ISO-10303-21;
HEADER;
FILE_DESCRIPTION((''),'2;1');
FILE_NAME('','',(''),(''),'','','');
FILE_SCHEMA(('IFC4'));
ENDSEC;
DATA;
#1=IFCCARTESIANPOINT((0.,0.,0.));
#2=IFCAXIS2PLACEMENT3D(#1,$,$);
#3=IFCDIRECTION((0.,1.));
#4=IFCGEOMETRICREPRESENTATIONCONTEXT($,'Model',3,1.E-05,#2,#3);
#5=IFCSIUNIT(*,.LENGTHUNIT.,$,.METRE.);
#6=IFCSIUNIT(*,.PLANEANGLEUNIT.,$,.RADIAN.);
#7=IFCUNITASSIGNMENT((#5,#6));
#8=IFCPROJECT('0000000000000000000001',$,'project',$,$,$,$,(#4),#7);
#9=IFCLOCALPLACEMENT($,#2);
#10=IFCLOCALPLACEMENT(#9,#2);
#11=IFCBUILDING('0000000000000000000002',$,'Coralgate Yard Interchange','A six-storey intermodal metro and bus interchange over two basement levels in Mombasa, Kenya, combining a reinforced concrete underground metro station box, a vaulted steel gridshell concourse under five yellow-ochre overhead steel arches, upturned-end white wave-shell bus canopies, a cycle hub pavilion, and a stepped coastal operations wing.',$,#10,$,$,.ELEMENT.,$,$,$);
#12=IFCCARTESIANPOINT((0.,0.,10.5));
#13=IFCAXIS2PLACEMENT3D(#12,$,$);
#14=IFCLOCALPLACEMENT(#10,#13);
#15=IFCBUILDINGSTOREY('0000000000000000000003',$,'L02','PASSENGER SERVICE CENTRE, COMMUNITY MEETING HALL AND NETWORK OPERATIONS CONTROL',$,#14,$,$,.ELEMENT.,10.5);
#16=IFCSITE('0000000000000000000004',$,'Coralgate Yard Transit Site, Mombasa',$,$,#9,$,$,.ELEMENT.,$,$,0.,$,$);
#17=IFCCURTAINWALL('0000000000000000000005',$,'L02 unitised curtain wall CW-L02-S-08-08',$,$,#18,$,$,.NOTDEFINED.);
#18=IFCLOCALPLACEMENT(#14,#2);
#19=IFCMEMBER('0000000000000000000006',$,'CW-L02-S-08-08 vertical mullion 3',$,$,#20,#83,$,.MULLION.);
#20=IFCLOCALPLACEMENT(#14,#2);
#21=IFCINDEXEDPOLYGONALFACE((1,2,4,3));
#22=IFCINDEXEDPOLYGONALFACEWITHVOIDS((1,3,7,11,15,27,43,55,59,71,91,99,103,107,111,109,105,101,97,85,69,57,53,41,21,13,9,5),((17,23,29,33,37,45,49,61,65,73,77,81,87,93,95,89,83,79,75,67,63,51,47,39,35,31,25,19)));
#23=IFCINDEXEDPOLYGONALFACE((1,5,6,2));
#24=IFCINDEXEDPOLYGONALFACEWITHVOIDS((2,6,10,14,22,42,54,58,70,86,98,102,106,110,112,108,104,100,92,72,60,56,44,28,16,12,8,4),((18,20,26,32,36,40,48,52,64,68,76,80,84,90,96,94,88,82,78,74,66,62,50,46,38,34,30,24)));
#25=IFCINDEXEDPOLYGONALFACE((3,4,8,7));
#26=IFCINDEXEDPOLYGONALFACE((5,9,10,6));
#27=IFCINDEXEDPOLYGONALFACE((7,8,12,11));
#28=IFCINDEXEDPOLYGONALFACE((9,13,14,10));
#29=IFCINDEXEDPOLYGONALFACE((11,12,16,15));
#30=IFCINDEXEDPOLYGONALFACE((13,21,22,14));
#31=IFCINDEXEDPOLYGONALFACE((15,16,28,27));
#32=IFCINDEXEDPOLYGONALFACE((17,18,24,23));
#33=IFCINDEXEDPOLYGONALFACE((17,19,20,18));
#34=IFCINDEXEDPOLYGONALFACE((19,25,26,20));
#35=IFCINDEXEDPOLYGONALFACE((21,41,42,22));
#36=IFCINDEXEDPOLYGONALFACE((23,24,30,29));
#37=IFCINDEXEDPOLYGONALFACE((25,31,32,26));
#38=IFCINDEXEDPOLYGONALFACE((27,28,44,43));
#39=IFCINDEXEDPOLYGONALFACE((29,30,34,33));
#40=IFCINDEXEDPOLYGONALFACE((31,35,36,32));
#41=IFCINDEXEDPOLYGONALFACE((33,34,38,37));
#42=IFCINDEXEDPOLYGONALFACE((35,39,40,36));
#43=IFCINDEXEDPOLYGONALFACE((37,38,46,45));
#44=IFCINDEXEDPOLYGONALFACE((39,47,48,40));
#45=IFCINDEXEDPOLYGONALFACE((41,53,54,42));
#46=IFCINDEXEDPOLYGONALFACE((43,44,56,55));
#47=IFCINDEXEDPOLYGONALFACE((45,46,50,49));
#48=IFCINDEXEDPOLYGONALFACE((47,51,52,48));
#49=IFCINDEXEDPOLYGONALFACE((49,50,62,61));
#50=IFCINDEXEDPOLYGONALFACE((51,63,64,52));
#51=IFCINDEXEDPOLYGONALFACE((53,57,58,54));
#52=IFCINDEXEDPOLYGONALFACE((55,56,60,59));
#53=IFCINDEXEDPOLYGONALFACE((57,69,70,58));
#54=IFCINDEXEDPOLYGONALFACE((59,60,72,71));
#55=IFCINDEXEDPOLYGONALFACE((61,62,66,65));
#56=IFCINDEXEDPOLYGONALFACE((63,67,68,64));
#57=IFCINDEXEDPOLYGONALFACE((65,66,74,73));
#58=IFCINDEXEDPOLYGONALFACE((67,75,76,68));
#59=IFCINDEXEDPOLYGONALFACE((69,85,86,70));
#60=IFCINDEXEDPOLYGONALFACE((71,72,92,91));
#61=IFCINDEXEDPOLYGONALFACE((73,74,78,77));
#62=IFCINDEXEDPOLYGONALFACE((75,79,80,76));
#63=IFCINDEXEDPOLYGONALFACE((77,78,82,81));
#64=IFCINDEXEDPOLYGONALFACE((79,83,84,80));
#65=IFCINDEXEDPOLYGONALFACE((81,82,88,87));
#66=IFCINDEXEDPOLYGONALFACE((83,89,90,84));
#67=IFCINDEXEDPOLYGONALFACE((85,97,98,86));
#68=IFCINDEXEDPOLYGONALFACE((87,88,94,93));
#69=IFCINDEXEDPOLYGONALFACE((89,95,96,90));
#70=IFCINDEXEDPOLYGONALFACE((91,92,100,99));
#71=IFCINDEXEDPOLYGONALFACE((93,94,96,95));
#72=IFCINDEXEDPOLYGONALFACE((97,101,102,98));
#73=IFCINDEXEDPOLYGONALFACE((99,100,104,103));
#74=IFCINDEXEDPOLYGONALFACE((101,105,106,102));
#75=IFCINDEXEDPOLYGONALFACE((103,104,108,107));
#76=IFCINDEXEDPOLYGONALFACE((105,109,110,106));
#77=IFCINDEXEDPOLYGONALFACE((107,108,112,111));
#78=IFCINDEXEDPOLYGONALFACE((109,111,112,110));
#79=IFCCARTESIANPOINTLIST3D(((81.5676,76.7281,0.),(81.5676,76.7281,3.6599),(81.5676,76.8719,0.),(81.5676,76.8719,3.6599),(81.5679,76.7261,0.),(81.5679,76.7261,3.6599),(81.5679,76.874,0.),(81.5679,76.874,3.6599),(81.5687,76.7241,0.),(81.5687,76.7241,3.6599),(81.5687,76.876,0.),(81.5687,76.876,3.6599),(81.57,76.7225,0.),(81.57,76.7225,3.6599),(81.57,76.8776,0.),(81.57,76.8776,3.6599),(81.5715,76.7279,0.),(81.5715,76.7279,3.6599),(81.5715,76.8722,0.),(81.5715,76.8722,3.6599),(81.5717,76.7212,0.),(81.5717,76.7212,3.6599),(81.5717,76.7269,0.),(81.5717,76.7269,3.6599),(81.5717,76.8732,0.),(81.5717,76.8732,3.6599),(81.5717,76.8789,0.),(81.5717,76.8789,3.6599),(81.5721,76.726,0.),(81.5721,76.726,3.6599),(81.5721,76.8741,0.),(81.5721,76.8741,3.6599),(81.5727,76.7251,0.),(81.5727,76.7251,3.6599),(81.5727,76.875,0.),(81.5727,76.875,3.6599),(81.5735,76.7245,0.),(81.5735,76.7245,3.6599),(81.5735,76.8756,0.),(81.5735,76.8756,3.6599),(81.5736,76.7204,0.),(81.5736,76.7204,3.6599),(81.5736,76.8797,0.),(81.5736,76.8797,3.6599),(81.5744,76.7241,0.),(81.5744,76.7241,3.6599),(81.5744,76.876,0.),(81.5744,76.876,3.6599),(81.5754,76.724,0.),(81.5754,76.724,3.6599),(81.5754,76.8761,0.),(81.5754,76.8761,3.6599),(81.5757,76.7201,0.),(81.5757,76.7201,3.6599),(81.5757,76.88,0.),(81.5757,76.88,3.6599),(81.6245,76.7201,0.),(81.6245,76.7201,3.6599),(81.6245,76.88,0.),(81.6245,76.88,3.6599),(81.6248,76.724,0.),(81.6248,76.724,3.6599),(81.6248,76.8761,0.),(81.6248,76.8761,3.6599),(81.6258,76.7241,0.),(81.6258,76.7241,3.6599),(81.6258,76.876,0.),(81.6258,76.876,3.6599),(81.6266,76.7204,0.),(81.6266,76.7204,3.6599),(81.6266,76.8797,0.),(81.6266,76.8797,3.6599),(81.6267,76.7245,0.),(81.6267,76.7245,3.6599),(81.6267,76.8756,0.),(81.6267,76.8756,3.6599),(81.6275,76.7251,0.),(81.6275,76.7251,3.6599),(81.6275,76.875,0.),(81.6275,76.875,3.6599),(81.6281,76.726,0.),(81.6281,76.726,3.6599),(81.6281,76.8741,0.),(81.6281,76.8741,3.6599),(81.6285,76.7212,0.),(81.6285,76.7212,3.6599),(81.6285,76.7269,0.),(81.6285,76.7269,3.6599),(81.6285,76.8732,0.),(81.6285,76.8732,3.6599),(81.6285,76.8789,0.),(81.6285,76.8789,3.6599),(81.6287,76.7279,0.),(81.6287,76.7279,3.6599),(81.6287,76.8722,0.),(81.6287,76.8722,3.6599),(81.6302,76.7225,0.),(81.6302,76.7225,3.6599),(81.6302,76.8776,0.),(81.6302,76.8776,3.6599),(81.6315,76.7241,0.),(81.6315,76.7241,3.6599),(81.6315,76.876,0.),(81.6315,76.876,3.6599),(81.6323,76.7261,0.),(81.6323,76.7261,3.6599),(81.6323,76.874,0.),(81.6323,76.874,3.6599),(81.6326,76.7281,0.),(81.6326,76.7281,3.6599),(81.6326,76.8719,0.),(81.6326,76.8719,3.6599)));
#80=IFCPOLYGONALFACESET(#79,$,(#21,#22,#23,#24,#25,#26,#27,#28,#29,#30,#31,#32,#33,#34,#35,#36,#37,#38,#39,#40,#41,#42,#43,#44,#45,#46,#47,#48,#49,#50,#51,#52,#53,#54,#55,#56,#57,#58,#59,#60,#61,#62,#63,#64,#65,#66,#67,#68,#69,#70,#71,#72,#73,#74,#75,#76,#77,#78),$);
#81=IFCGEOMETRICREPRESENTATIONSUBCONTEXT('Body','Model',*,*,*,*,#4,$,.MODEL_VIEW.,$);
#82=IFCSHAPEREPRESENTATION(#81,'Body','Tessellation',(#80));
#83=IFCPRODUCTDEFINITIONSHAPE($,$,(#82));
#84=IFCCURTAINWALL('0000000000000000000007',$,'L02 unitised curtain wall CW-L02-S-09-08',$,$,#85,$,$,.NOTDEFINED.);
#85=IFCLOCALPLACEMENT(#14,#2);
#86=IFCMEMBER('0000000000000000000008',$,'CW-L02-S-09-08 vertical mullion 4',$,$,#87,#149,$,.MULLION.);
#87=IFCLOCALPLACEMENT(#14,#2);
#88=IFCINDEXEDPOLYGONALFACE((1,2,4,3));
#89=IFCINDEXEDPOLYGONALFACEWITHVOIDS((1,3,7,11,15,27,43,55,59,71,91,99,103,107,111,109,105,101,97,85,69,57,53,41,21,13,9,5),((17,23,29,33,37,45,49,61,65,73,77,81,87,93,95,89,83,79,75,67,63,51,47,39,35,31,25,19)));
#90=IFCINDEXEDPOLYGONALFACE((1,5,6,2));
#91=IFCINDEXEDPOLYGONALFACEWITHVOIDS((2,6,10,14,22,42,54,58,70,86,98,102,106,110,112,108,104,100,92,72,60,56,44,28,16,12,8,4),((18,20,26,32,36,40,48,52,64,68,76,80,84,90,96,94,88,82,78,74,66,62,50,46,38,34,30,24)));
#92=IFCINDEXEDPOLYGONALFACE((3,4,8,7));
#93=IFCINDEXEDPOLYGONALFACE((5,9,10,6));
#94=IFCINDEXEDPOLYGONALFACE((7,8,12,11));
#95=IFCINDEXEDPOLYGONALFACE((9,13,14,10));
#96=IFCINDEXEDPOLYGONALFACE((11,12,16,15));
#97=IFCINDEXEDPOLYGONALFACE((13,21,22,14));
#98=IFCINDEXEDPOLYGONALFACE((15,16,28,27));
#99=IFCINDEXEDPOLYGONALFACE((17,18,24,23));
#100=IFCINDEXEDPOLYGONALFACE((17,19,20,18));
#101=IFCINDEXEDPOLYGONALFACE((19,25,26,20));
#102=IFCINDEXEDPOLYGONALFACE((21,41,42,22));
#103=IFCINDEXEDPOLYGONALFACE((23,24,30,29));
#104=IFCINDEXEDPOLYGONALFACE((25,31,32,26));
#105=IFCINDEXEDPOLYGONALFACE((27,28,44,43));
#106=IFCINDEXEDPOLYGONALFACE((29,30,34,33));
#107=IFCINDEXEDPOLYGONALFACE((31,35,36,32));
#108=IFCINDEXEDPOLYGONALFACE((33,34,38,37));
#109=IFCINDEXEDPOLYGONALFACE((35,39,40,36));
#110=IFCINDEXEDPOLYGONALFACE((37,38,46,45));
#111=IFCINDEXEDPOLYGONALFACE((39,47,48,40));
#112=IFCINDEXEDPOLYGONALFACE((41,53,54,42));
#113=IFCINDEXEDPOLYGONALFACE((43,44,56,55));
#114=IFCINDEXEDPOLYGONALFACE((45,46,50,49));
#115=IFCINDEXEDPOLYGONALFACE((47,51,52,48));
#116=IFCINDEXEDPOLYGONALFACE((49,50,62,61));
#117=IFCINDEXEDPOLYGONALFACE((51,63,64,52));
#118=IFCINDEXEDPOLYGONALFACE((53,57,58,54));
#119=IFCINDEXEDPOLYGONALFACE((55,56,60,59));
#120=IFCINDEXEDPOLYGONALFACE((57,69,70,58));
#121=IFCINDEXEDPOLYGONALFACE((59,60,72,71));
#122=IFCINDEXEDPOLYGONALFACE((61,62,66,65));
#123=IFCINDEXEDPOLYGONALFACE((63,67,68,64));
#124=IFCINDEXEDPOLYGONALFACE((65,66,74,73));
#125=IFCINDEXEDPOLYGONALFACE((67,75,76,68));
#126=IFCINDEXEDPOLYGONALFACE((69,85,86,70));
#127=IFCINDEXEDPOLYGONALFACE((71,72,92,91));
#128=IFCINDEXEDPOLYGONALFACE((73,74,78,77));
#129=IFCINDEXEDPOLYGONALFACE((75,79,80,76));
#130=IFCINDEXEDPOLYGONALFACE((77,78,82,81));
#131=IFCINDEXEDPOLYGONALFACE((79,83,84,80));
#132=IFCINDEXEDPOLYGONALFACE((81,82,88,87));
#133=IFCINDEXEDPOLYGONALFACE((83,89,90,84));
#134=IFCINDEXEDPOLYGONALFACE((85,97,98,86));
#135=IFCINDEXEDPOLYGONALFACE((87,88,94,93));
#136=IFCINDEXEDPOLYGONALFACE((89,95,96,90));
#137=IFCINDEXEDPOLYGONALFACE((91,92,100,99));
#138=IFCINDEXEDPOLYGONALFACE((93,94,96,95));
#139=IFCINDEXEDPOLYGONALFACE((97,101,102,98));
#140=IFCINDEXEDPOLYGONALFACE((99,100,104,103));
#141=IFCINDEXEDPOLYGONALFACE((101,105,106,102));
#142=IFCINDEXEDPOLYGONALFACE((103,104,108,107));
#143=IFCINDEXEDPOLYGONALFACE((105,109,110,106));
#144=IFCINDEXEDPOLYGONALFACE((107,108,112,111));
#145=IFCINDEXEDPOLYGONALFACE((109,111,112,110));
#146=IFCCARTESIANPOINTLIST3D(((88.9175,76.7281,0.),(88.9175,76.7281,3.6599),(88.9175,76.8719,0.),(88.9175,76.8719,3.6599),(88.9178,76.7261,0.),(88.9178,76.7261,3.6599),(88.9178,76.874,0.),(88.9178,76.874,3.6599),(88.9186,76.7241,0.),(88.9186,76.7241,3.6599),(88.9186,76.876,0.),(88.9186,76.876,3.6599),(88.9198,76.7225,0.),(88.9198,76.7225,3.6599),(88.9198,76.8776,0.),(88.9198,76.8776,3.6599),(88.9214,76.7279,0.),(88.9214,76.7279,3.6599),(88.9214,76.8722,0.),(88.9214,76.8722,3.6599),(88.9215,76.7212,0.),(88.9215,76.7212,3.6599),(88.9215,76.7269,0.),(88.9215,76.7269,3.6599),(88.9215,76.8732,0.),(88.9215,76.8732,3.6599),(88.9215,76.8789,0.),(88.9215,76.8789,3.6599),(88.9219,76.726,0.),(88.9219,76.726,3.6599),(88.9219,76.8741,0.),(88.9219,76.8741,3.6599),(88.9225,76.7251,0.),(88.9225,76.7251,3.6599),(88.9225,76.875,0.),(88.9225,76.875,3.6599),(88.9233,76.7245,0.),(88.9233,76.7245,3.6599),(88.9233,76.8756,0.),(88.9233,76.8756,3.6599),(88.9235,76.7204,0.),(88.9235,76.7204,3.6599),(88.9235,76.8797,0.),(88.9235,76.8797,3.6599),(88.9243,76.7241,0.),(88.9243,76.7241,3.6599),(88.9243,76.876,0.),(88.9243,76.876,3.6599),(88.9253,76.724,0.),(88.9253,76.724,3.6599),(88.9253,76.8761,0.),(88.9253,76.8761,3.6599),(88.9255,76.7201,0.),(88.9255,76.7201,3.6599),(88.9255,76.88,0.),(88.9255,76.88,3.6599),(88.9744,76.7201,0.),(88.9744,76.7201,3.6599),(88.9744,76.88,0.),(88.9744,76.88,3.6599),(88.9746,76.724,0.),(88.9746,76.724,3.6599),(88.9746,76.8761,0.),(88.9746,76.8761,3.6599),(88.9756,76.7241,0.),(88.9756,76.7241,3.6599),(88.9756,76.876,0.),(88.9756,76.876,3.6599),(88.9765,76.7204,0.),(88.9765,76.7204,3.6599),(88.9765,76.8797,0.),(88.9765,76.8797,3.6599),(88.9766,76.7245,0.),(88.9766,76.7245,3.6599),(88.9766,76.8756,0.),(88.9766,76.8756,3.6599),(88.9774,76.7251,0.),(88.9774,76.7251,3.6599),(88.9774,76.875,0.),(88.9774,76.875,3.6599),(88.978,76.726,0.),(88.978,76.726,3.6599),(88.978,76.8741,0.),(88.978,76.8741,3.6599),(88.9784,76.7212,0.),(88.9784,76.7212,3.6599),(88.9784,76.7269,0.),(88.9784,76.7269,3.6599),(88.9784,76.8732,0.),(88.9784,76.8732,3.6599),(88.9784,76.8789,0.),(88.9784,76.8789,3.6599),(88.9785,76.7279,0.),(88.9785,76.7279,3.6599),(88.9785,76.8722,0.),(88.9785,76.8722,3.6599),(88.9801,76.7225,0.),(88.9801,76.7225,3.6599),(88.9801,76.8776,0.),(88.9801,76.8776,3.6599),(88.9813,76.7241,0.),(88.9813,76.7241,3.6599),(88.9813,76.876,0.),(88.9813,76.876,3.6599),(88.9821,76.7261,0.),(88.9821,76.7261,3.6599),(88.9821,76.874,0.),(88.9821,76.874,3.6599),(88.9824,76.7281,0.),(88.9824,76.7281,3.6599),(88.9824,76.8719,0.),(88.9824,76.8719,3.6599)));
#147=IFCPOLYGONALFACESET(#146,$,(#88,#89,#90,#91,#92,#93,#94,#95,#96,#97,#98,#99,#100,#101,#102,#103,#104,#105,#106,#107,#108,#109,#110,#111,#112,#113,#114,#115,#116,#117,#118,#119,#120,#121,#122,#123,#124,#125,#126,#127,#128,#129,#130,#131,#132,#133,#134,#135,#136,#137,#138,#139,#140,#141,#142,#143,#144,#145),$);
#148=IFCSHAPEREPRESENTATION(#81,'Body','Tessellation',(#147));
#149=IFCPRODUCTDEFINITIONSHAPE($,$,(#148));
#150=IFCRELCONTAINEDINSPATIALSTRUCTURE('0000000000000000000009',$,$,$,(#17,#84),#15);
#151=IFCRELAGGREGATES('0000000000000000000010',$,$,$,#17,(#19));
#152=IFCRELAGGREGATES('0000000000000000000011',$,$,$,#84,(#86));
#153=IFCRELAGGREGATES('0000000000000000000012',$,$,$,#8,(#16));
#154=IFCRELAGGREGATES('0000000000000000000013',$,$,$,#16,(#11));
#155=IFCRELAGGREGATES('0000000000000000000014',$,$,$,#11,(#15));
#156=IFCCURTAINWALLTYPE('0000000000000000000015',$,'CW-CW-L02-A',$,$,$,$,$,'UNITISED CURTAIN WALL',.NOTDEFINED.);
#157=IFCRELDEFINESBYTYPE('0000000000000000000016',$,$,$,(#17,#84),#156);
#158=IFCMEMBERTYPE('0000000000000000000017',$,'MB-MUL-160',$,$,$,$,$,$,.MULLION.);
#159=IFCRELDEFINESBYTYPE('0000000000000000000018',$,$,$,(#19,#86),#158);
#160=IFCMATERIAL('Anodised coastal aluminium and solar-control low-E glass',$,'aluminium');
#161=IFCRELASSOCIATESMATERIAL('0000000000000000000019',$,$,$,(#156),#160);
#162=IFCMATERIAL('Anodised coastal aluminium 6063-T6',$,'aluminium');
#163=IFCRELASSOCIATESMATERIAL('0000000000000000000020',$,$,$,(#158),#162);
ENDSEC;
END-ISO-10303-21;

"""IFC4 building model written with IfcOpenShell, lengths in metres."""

from ifc_helpers import new_model, si_unit, direction, frame, origin, origin_2d, place, context, subcontext, project, spatial, hollow_rectangle, extrude, material, material_profile, profile_set, type_object, element, aggregate, save


model = new_model("IFC4")

# Units and contexts
model_context = context("Model", 3, precision=1e-05, world=origin(), true_north=direction((0.0, 1.0)))
body_context = subcontext(model_context, "Body", "Model", "MODEL_VIEW")
ifc_project = project(units=[si_unit("LENGTHUNIT", "METRE"), si_unit("PLANEANGLEUNIT", "RADIAN")], contexts=[model_context])

# Site, building, storey
site_placement = place(None, origin())
site = spatial("IfcSite", under=ifc_project, at=site_placement, Name="Coralgate Yard Transit Site, Mombasa", CompositionType="ELEMENT", RefElevation=0.0)
building_placement = place(site_placement, origin())
building = spatial("IfcBuilding", under=site, at=building_placement, Name="Coralgate Yard Interchange", Description="A six-storey intermodal metro and bus interchange over two basement levels in Mombasa, Kenya, combining a reinforced concrete underground metro station box, a vaulted steel gridshell concourse under five yellow-ochre overhead steel arches, upturned-end white wave-shell bus canopies, a cycle hub pavilion, and a stepped coastal operations wing.", CompositionType="ELEMENT")
storey_placement = place(building_placement, frame((0.0, 0.0, 10.5)))
storey = spatial("IfcBuildingStorey", under=building, at=storey_placement, Name="L02", Description="PASSENGER SERVICE CENTRE, COMMUNITY MEETING HALL AND NETWORK OPERATIONS CONTROL", CompositionType="ELEMENT", Elevation=10.5)

# Curtain walls, members
ifc_material_1 = material(Name="Anodised coastal aluminium and solar-control low-E glass", Category="aluminium")
curtain_wall_type = type_object("IfcCurtainWallType", Name="CW-CW-L02-A", ElementType="UNITISED CURTAIN WALL", PredefinedType="NOTDEFINED", material=ifc_material_1)
curtain_wall_1_placement = place(storey_placement, origin())
curtain_wall_1 = element("IfcCurtainWall", 1, at=curtain_wall_1_placement, inside=storey, type_object=curtain_wall_type, Name="L02 unitised curtain wall CW-L02-S-08-08", PredefinedType="NOTDEFINED")
ifc_material_2 = material(Name="Anodised coastal aluminium 6063-T6", Category="aluminium")
ifc_material_profile_1 = material_profile(ifc_material_2, hollow_rectangle(XDim=0.0649, YDim=0.1599, WallThickness=0.0039, InnerFilletRadius=0.0039, OuterFilletRadius=0.0081, at=origin_2d()), Name="ALU 65x160x4")
ifc_profile_set_1 = profile_set([ifc_material_profile_1], Name="Anodised coastal aluminium 6063-T6")
member_type_1 = type_object("IfcMemberType", Name="MB-MUL-160", PredefinedType="MULLION", material=ifc_profile_set_1)
member_1_placement = place(storey_placement, frame((81.6001, 76.8, 0.0), z_axis=(0.0, 0.0, 1.0), x_axis=(1.0, 0.0, 0.0)))
member_1 = element("IfcMember", 2, at=member_1_placement, type_object=member_type_1, Name="CW-L02-S-08-08 vertical mullion 3", PredefinedType="MULLION", context=body_context, shape_type="SweptSolid", body=[
    extrude(hollow_rectangle(XDim=0.0649, YDim=0.1599, WallThickness=0.0039, InnerFilletRadius=0.0039, OuterFilletRadius=0.0081, at=origin_2d()), origin(), (0.0, 0.0, 1.0), 3.6599),
])
curtain_wall_2_placement = place(storey_placement, origin())
curtain_wall_2 = element("IfcCurtainWall", 3, at=curtain_wall_2_placement, inside=storey, type_object=curtain_wall_type, Name="L02 unitised curtain wall CW-L02-S-09-08", PredefinedType="NOTDEFINED")
member_2_placement = place(storey_placement, frame((88.95, 76.8, 0.0), z_axis=(0.0, 0.0, 1.0), x_axis=(1.0, 0.0, 0.0)))
member_2 = element("IfcMember", 4, at=member_2_placement, type_object=member_type_1, Name="CW-L02-S-09-08 vertical mullion 4", PredefinedType="MULLION", context=body_context, shape_type="SweptSolid", body=[
    extrude(hollow_rectangle(XDim=0.0649, YDim=0.1599, WallThickness=0.0039, InnerFilletRadius=0.0039, OuterFilletRadius=0.0081, at=origin_2d()), origin(), (0.0, 0.0, 1.0), 3.6599),
])

aggregate(curtain_wall_1, [member_1])
aggregate(curtain_wall_2, [member_2])

save(model, "model.ifc")
